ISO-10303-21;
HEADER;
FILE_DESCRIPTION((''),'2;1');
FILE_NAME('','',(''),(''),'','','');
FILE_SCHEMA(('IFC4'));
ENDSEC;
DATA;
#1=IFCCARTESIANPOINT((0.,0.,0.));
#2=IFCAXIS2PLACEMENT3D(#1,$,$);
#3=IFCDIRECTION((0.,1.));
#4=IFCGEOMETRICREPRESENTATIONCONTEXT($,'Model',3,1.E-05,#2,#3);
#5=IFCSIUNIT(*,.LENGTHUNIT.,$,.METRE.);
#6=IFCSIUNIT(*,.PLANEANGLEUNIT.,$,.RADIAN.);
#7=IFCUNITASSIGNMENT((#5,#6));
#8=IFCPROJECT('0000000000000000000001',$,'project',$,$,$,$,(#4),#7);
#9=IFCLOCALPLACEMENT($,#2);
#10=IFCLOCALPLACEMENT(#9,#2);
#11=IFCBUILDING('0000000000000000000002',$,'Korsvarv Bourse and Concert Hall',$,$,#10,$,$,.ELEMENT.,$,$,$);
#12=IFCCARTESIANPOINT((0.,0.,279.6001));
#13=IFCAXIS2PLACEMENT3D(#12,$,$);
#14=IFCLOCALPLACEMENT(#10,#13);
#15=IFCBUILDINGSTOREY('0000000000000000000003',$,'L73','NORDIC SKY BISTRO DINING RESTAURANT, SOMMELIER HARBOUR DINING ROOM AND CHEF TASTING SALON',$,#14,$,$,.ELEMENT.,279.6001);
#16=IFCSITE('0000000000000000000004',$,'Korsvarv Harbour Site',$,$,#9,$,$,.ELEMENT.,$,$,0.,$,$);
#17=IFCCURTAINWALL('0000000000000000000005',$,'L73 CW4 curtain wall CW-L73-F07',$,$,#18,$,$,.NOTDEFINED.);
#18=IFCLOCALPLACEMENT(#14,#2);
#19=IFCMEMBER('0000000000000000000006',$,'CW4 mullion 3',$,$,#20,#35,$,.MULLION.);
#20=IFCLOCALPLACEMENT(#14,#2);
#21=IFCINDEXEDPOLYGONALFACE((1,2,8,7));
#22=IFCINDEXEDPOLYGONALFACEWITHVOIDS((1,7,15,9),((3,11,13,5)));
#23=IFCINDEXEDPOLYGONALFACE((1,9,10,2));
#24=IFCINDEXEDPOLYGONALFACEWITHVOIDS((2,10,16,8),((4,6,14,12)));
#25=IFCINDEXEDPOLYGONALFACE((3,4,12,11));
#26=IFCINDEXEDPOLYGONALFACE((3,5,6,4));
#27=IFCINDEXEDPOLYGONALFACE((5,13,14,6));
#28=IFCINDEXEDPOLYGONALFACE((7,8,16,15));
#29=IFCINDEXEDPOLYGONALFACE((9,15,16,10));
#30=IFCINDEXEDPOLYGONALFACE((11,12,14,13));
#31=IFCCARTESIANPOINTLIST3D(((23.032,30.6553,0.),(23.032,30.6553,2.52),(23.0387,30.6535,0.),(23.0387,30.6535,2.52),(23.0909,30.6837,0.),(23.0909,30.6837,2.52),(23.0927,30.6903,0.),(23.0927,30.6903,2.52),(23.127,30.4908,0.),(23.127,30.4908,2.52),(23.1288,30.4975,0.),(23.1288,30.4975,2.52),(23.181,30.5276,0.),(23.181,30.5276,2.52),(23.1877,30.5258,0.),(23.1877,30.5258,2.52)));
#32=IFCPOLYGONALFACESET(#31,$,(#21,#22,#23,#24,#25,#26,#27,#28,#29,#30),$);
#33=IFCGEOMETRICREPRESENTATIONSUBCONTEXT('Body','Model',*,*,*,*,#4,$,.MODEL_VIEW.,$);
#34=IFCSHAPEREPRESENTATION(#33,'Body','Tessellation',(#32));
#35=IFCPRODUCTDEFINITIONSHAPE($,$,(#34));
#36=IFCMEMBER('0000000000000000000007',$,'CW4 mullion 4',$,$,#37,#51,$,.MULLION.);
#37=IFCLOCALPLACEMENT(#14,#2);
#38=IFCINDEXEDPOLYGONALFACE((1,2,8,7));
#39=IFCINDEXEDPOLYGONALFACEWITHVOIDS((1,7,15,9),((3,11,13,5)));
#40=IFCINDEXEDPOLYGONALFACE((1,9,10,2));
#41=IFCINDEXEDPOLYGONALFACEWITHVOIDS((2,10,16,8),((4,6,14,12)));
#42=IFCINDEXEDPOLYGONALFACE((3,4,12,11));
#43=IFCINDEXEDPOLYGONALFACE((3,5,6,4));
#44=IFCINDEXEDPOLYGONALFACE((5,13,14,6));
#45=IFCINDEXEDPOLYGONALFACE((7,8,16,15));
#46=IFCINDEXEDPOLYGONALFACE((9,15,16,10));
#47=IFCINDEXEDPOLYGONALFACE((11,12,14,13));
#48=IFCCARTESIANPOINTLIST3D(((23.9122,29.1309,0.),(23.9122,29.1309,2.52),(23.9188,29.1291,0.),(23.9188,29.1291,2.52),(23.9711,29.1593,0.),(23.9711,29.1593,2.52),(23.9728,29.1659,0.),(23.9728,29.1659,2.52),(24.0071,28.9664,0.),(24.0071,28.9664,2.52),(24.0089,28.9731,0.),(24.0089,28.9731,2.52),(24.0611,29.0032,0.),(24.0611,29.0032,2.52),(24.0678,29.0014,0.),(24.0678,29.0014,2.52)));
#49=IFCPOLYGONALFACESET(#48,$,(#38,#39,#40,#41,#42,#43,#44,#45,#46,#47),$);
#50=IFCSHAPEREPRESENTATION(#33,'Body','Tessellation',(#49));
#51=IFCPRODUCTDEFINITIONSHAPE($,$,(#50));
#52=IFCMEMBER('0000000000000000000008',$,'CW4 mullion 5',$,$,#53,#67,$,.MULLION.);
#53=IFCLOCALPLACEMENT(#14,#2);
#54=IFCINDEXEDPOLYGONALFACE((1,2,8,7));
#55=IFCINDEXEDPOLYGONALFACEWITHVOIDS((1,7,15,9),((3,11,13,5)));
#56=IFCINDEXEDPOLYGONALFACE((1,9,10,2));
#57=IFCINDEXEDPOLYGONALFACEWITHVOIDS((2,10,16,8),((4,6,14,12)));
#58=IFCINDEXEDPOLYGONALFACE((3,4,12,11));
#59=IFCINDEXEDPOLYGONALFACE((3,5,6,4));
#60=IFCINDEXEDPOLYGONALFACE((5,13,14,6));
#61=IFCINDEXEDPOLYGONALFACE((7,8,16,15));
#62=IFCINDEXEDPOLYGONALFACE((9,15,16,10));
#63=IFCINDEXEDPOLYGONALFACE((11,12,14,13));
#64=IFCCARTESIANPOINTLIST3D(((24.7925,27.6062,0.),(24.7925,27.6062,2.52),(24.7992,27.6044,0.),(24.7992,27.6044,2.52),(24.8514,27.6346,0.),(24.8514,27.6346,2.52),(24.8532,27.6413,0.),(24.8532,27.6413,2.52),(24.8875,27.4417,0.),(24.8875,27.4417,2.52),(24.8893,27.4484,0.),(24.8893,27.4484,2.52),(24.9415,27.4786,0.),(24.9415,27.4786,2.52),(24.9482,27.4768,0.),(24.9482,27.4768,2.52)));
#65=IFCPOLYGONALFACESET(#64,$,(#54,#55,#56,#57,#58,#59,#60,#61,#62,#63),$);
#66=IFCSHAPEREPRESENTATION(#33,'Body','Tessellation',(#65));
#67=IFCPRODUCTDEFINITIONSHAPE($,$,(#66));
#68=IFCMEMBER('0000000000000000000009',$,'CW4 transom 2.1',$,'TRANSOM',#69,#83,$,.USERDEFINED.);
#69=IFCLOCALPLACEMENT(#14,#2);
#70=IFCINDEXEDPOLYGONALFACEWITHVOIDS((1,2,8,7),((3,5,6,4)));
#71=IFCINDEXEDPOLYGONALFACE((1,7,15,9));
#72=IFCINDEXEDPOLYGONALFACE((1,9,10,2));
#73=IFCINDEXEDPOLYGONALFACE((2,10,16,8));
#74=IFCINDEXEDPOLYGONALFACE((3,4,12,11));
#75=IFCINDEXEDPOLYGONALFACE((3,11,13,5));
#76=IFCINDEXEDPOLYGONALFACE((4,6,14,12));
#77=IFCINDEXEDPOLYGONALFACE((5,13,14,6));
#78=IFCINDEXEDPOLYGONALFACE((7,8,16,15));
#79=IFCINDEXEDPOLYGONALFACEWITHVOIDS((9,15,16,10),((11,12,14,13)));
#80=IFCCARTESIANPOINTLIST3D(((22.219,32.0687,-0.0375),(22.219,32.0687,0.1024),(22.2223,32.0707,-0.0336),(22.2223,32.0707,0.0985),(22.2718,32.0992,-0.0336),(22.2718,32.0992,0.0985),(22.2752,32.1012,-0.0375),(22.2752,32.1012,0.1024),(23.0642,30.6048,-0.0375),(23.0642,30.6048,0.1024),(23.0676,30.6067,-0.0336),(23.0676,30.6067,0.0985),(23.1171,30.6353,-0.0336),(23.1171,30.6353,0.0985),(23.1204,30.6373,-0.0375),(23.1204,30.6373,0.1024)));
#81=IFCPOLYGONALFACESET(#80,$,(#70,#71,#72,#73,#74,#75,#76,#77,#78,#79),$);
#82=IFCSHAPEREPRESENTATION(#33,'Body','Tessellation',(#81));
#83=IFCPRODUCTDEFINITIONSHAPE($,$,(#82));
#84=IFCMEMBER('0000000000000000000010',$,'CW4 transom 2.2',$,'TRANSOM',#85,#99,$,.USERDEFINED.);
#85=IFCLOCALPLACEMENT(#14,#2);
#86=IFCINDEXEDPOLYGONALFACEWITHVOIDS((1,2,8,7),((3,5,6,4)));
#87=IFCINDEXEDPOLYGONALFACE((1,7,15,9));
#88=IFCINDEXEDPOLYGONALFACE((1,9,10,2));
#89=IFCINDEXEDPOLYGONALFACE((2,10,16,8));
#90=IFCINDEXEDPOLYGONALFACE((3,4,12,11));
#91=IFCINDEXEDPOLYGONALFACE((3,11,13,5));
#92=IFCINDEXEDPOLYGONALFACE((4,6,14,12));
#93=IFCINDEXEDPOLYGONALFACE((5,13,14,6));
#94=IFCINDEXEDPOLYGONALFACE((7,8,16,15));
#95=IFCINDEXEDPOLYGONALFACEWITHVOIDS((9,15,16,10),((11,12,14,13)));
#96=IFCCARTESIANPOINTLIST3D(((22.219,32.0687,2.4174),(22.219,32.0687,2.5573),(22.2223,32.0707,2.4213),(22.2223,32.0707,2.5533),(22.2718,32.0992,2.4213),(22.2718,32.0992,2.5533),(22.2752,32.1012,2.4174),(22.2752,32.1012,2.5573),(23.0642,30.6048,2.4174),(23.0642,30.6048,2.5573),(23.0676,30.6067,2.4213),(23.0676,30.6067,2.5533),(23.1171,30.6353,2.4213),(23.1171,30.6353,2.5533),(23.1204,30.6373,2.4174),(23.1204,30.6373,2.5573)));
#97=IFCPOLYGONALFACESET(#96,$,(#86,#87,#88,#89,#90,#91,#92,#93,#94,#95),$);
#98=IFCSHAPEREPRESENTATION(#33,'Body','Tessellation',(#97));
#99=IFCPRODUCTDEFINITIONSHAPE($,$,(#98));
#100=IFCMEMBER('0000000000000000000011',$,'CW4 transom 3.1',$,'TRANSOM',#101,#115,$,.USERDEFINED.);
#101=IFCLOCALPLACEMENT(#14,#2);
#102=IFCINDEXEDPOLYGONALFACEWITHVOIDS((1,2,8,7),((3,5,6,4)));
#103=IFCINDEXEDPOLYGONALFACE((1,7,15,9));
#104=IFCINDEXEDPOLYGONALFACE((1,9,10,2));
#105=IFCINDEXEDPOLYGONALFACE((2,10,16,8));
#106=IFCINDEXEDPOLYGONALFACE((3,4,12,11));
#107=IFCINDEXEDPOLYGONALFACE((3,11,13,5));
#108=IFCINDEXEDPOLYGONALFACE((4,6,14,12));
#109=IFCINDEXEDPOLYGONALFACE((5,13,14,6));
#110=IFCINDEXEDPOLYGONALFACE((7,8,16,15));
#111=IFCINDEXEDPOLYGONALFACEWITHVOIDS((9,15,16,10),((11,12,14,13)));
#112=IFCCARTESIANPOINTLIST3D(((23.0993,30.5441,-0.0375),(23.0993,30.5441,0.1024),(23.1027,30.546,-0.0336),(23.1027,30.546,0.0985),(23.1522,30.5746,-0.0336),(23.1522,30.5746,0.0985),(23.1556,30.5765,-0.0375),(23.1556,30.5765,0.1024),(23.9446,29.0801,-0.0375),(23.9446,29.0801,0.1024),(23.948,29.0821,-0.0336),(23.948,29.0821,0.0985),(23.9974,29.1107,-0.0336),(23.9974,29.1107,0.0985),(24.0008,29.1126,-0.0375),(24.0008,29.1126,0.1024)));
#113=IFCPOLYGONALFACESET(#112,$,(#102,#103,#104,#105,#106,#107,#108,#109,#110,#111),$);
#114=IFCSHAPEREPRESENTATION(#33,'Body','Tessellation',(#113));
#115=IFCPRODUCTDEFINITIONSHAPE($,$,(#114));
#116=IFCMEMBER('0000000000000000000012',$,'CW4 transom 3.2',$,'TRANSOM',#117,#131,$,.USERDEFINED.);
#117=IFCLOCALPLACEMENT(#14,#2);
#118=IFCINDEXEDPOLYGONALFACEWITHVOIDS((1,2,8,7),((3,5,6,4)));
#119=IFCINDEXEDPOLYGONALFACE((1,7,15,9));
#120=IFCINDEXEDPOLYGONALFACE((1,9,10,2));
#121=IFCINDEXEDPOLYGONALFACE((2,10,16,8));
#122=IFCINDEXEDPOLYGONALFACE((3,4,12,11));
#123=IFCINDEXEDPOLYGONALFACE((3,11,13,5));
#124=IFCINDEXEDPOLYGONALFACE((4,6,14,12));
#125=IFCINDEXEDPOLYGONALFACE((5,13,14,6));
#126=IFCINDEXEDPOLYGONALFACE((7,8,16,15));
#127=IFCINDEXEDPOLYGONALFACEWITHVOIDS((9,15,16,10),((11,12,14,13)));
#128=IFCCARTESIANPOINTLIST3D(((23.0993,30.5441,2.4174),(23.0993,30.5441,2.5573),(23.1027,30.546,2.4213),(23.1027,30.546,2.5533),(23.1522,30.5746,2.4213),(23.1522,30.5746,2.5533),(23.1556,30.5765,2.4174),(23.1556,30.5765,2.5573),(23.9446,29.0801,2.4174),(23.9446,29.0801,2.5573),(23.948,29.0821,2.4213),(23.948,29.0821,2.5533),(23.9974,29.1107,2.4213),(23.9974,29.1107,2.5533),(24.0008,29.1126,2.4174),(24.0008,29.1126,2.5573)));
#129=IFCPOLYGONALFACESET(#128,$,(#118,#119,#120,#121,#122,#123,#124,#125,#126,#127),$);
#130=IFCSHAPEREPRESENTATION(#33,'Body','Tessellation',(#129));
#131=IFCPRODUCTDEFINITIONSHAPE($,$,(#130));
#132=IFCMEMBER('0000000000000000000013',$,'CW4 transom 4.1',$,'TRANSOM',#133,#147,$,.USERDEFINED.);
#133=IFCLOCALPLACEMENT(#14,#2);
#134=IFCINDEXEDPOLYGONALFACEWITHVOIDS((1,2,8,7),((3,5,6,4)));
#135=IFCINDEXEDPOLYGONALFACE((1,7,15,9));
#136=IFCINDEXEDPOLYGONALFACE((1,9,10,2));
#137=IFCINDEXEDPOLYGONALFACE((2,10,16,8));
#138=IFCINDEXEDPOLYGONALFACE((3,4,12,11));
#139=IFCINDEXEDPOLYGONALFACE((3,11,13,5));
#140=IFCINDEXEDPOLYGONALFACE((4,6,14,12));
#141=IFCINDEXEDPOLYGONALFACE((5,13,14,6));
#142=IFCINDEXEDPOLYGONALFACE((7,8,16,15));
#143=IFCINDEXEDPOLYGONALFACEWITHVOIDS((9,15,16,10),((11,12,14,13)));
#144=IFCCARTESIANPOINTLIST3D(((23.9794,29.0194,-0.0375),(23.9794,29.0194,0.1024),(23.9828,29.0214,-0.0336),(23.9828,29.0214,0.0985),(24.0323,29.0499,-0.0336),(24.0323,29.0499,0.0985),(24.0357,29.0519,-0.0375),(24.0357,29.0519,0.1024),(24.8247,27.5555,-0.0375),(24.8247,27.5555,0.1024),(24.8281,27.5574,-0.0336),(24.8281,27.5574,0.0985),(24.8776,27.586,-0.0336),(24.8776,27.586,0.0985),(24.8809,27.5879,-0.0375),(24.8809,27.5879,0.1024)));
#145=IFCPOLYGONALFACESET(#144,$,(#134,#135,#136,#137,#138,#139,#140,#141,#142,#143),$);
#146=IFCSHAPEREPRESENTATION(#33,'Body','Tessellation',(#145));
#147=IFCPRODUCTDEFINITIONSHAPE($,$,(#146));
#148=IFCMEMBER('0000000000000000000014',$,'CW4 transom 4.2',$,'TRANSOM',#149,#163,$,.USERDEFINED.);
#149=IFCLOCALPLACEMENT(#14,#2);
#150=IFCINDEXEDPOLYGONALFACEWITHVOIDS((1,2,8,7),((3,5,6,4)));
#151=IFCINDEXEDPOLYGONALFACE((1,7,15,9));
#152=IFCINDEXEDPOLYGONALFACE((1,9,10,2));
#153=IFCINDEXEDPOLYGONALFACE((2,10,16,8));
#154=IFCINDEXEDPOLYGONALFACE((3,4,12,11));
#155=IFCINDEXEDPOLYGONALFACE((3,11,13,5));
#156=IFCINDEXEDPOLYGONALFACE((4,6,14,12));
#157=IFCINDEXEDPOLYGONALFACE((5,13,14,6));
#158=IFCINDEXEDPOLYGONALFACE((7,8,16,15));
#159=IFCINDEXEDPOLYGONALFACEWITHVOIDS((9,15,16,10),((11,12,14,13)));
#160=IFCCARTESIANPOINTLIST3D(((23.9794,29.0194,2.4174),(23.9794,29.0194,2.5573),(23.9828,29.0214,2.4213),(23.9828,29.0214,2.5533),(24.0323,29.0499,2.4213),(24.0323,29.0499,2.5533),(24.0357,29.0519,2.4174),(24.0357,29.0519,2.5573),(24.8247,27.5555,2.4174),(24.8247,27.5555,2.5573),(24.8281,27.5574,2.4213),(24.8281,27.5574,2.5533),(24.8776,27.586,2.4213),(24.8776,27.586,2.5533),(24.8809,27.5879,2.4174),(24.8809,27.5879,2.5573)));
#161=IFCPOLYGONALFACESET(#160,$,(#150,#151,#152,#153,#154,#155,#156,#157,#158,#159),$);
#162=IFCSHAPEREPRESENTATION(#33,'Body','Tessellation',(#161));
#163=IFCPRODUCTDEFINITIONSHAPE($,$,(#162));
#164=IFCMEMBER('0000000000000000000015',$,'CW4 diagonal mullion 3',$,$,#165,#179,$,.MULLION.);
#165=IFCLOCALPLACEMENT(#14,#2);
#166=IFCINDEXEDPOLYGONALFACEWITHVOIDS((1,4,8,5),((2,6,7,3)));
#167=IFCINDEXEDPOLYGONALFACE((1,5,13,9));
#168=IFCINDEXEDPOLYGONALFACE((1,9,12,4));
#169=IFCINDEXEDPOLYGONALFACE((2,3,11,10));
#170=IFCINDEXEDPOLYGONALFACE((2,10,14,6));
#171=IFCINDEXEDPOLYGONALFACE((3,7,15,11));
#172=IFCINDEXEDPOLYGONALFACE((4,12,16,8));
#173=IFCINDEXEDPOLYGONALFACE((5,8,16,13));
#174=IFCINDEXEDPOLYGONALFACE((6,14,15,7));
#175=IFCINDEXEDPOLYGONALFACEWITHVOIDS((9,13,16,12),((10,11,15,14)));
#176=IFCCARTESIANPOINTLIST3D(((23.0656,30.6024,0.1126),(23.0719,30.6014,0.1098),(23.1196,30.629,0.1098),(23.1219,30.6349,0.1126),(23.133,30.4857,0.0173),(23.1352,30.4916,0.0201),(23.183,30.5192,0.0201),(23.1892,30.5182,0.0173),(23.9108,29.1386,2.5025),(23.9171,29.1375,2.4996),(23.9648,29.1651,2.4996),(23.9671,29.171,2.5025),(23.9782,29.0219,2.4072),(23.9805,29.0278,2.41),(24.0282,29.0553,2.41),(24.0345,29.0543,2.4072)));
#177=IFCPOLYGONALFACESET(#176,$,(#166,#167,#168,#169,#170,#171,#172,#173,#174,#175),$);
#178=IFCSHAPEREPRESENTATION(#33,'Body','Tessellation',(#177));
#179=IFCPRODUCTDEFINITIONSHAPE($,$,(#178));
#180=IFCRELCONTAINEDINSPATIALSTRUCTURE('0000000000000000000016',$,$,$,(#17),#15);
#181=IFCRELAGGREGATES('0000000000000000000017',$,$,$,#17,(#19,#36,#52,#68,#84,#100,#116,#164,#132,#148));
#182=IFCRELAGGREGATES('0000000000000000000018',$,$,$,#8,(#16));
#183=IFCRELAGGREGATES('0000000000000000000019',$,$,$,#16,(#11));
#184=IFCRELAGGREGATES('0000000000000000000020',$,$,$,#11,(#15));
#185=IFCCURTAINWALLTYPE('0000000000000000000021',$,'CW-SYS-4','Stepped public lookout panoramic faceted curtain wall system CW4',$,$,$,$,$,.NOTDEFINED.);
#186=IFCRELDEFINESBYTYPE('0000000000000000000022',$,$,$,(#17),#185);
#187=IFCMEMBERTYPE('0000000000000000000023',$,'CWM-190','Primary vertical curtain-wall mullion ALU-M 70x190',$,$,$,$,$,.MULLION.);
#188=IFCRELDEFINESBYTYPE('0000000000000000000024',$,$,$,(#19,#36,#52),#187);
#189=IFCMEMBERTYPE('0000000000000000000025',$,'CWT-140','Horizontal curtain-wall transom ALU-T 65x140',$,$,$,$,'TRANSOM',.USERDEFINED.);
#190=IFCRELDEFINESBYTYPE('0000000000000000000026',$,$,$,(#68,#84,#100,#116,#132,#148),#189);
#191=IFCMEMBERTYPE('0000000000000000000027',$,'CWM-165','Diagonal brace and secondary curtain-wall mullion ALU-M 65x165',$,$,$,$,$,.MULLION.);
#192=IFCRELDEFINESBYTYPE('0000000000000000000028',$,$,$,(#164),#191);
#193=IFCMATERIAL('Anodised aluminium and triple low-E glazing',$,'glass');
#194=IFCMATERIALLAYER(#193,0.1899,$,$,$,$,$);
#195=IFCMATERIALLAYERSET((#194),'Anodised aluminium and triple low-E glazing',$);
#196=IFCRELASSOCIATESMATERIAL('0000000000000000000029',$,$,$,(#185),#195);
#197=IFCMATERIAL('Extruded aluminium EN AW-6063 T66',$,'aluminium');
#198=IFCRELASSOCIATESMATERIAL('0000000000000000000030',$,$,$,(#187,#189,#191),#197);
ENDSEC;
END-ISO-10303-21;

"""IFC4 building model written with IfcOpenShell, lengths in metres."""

from ifc_helpers import new_model, si_unit, direction, frame, origin, origin_2d, place, context, subcontext, project, spatial, hollow_rectangle, extrude, source, transform, mapped, material, layer, layer_set, material_profile, profile_set, type_object, element, aggregate, save


model = new_model("IFC4")

# Units and contexts
model_context = context("Model", 3, precision=1e-05, world=origin(), true_north=direction((0.0, 1.0)))
body_context = subcontext(model_context, "Body", "Model", "MODEL_VIEW")
ifc_project = project(units=[si_unit("LENGTHUNIT", "METRE"), si_unit("PLANEANGLEUNIT", "RADIAN")], contexts=[model_context])

# Site, building, storey
site_placement = place(None, origin())
site = spatial("IfcSite", under=ifc_project, at=site_placement, Name="Korsvarv Harbour Site", CompositionType="ELEMENT", RefElevation=0.0)
building_placement = place(site_placement, origin())
building = spatial("IfcBuilding", under=site, at=building_placement, Name="Korsvarv Bourse and Concert Hall", CompositionType="ELEMENT")
storey_placement = place(building_placement, frame((0.0, 0.0, 279.6001)))
storey = spatial("IfcBuildingStorey", under=building, at=storey_placement, Name="L73", Description="NORDIC SKY BISTRO DINING RESTAURANT, SOMMELIER HARBOUR DINING ROOM AND CHEF TASTING SALON", CompositionType="ELEMENT", Elevation=279.6001)

# Curtain wall, members
ifc_material_1 = material(Name="Anodised aluminium and triple low-E glazing", Category="glass")
ifc_layer_1 = layer(ifc_material_1, 0.1899)
ifc_layer_set_1 = layer_set([ifc_layer_1], Name="Anodised aluminium and triple low-E glazing")
curtain_wall_type = type_object("IfcCurtainWallType", Name="CW-SYS-4", Description="Stepped public lookout panoramic faceted curtain wall system CW4", PredefinedType="NOTDEFINED", material=ifc_layer_set_1)
curtain_wall_placement = place(storey_placement, origin())
curtain_wall = element("IfcCurtainWall", 1, at=curtain_wall_placement, inside=storey, type_object=curtain_wall_type, Name="L73 CW4 curtain wall CW-L73-F07", PredefinedType="NOTDEFINED")
ifc_material_2 = material(Name="Extruded aluminium EN AW-6063 T66", Category="aluminium")
ifc_material_profile_1 = material_profile(ifc_material_2, hollow_rectangle(XDim=0.0701, YDim=0.1899, WallThickness=0.0049, at=origin_2d()), Name="ALU-M 70x190")
ifc_profile_set_1 = profile_set([ifc_material_profile_1], Name="Extruded aluminium EN AW-6063 T66")
member_type_1 = type_object("IfcMemberType", Name="CWM-190", Description="Primary vertical curtain-wall mullion ALU-M 70x190", PredefinedType="MULLION", material=ifc_profile_set_1)
shared_shape_1 = source(origin(), body_context, "Body", "SweptSolid", [
    extrude(hollow_rectangle(XDim=0.0701, YDim=0.1899, WallThickness=0.0049, at=origin_2d()), origin(), (0.0, 0.0, 1.0), 2.52),
])
member_1_placement = place(storey_placement, frame((23.1099, 30.5906, 0.0), z_axis=(0.0, 0.0, 1.0), x_axis=(0.866027, 0.499998, 0.0)))
member_1 = element("IfcMember", 2, at=member_1_placement, type_object=member_type_1, Name="CW4 mullion 3", PredefinedType="MULLION", context=body_context, shape_type="MappedRepresentation", body=[
    mapped(shared_shape_1, transform((0.0, 0.0, 0.0), scale=1.0)),
])
member_2_placement = place(storey_placement, frame((23.99, 29.0662, 0.0), z_axis=(0.0, 0.0, 1.0), x_axis=(0.866027, 0.499998, 0.0)))
member_2 = element("IfcMember", 3, at=member_2_placement, type_object=member_type_1, Name="CW4 mullion 4", PredefinedType="MULLION", context=body_context, shape_type="MappedRepresentation", body=[
    mapped(shared_shape_1, transform((0.0, 0.0, 0.0), scale=1.0)),
])
member_3_placement = place(storey_placement, frame((24.8704, 27.5415, 0.0), z_axis=(0.0, 0.0, 1.0), x_axis=(0.866027, 0.499998, 0.0)))
member_3 = element("IfcMember", 4, at=member_3_placement, type_object=member_type_1, Name="CW4 mullion 5", PredefinedType="MULLION", context=body_context, shape_type="MappedRepresentation", body=[
    mapped(shared_shape_1, transform((0.0, 0.0, 0.0), scale=1.0)),
])
ifc_material_profile_2 = material_profile(ifc_material_2, hollow_rectangle(XDim=0.0649, YDim=0.1399, WallThickness=0.0039, at=origin_2d()), Name="ALU-T 65x140")
ifc_profile_set_2 = profile_set([ifc_material_profile_2], Name="Extruded aluminium EN AW-6063 T66")
member_type_2 = type_object("IfcMemberType", Name="CWT-140", Description="Horizontal curtain-wall transom ALU-T 65x140", ElementType="TRANSOM", PredefinedType="USERDEFINED", material=ifc_profile_set_2)
shared_shape_2 = source(origin(), body_context, "Body", "SweptSolid", [
    extrude(hollow_rectangle(XDim=0.0649, YDim=0.1399, WallThickness=0.0039, at=origin_2d()), origin(), (0.0, 0.0, 1.0), 1.6904),
])
member_4_placement = place(storey_placement, frame((22.2471, 32.085, 0.0325), z_axis=(0.500023, -0.866012, 0.0), x_axis=(0.866012, 0.500023, 0.0)))
member_4 = element("IfcMember", 5, at=member_4_placement, type_object=member_type_2, Name="CW4 transom 2.1", ObjectType="TRANSOM", PredefinedType="USERDEFINED", context=body_context, shape_type="MappedRepresentation", body=[
    mapped(shared_shape_2, transform((0.0, 0.0, 0.0), scale=1.0)),
])
member_5_placement = place(storey_placement, frame((22.2471, 32.085, 2.4873), z_axis=(0.500023, -0.866012, 0.0), x_axis=(0.866012, 0.500023, 0.0)))
member_5 = element("IfcMember", 6, at=member_5_placement, type_object=member_type_2, Name="CW4 transom 2.2", ObjectType="TRANSOM", PredefinedType="USERDEFINED", context=body_context, shape_type="MappedRepresentation", body=[
    mapped(shared_shape_2, transform((0.0, 0.0, 0.0), scale=1.0)),
])
member_6_placement = place(storey_placement, frame((23.1274, 30.5603, 0.0325), z_axis=(0.500023, -0.866012, 0.0), x_axis=(0.866012, 0.500023, 0.0)))
member_6 = element("IfcMember", 7, at=member_6_placement, type_object=member_type_2, Name="CW4 transom 3.1", ObjectType="TRANSOM", PredefinedType="USERDEFINED", context=body_context, shape_type="MappedRepresentation", body=[
    mapped(shared_shape_2, transform((0.0, 0.0, 0.0), scale=1.0)),
])
member_7_placement = place(storey_placement, frame((23.1274, 30.5603, 2.4873), z_axis=(0.500023, -0.866012, 0.0), x_axis=(0.866012, 0.500023, 0.0)))
member_7 = element("IfcMember", 8, at=member_7_placement, type_object=member_type_2, Name="CW4 transom 3.2", ObjectType="TRANSOM", PredefinedType="USERDEFINED", context=body_context, shape_type="MappedRepresentation", body=[
    mapped(shared_shape_2, transform((0.0, 0.0, 0.0), scale=1.0)),
])
member_8_placement = place(storey_placement, frame((24.0076, 29.0356, 0.0325), z_axis=(0.500023, -0.866012, 0.0), x_axis=(0.866012, 0.500023, 0.0)))
member_8 = element("IfcMember", 9, at=member_8_placement, type_object=member_type_2, Name="CW4 transom 4.1", ObjectType="TRANSOM", PredefinedType="USERDEFINED", context=body_context, shape_type="MappedRepresentation", body=[
    mapped(shared_shape_2, transform((0.0, 0.0, 0.0), scale=1.0)),
])
member_9_placement = place(storey_placement, frame((24.0076, 29.0356, 2.4873), z_axis=(0.500023, -0.866012, 0.0), x_axis=(0.866012, 0.500023, 0.0)))
member_9 = element("IfcMember", 10, at=member_9_placement, type_object=member_type_2, Name="CW4 transom 4.2", ObjectType="TRANSOM", PredefinedType="USERDEFINED", context=body_context, shape_type="MappedRepresentation", body=[
    mapped(shared_shape_2, transform((0.0, 0.0, 0.0), scale=1.0)),
])
ifc_material_profile_3 = material_profile(ifc_material_2, hollow_rectangle(XDim=0.0649, YDim=0.165, WallThickness=0.0049, at=origin_2d()), Name="ALU-M 65x165")
ifc_profile_set_3 = profile_set([ifc_material_profile_3], Name="Extruded aluminium EN AW-6063 T66")
member_type_3 = type_object("IfcMemberType", Name="CWM-165", Description="Diagonal brace and secondary curtain-wall mullion ALU-M 65x165", PredefinedType="MULLION", material=ifc_profile_set_3)
shared_shape_3 = source(origin(), body_context, "Body", "SweptSolid", [
    extrude(hollow_rectangle(XDim=0.0649, YDim=0.165, WallThickness=0.0049, at=origin_2d()), origin(), (0.0, 0.0, 1.0), 2.9272),
])
member_10_placement = place(storey_placement, frame((23.1274, 30.5603, 0.0649), z_axis=(0.288739, -0.50008, 0.816425), x_axis=(0.866012, 0.500023, 0.0)))
member_10 = element("IfcMember", 11, at=member_10_placement, type_object=member_type_3, Name="CW4 diagonal mullion 3", PredefinedType="MULLION", context=body_context, shape_type="MappedRepresentation", body=[
    mapped(shared_shape_3, transform((0.0, 0.0, 0.0), scale=1.0)),
])

aggregate(curtain_wall, [member_1, member_2, member_3, member_4, member_5, member_6, member_7, member_10, member_8, member_9])

save(model, "model.ifc")
